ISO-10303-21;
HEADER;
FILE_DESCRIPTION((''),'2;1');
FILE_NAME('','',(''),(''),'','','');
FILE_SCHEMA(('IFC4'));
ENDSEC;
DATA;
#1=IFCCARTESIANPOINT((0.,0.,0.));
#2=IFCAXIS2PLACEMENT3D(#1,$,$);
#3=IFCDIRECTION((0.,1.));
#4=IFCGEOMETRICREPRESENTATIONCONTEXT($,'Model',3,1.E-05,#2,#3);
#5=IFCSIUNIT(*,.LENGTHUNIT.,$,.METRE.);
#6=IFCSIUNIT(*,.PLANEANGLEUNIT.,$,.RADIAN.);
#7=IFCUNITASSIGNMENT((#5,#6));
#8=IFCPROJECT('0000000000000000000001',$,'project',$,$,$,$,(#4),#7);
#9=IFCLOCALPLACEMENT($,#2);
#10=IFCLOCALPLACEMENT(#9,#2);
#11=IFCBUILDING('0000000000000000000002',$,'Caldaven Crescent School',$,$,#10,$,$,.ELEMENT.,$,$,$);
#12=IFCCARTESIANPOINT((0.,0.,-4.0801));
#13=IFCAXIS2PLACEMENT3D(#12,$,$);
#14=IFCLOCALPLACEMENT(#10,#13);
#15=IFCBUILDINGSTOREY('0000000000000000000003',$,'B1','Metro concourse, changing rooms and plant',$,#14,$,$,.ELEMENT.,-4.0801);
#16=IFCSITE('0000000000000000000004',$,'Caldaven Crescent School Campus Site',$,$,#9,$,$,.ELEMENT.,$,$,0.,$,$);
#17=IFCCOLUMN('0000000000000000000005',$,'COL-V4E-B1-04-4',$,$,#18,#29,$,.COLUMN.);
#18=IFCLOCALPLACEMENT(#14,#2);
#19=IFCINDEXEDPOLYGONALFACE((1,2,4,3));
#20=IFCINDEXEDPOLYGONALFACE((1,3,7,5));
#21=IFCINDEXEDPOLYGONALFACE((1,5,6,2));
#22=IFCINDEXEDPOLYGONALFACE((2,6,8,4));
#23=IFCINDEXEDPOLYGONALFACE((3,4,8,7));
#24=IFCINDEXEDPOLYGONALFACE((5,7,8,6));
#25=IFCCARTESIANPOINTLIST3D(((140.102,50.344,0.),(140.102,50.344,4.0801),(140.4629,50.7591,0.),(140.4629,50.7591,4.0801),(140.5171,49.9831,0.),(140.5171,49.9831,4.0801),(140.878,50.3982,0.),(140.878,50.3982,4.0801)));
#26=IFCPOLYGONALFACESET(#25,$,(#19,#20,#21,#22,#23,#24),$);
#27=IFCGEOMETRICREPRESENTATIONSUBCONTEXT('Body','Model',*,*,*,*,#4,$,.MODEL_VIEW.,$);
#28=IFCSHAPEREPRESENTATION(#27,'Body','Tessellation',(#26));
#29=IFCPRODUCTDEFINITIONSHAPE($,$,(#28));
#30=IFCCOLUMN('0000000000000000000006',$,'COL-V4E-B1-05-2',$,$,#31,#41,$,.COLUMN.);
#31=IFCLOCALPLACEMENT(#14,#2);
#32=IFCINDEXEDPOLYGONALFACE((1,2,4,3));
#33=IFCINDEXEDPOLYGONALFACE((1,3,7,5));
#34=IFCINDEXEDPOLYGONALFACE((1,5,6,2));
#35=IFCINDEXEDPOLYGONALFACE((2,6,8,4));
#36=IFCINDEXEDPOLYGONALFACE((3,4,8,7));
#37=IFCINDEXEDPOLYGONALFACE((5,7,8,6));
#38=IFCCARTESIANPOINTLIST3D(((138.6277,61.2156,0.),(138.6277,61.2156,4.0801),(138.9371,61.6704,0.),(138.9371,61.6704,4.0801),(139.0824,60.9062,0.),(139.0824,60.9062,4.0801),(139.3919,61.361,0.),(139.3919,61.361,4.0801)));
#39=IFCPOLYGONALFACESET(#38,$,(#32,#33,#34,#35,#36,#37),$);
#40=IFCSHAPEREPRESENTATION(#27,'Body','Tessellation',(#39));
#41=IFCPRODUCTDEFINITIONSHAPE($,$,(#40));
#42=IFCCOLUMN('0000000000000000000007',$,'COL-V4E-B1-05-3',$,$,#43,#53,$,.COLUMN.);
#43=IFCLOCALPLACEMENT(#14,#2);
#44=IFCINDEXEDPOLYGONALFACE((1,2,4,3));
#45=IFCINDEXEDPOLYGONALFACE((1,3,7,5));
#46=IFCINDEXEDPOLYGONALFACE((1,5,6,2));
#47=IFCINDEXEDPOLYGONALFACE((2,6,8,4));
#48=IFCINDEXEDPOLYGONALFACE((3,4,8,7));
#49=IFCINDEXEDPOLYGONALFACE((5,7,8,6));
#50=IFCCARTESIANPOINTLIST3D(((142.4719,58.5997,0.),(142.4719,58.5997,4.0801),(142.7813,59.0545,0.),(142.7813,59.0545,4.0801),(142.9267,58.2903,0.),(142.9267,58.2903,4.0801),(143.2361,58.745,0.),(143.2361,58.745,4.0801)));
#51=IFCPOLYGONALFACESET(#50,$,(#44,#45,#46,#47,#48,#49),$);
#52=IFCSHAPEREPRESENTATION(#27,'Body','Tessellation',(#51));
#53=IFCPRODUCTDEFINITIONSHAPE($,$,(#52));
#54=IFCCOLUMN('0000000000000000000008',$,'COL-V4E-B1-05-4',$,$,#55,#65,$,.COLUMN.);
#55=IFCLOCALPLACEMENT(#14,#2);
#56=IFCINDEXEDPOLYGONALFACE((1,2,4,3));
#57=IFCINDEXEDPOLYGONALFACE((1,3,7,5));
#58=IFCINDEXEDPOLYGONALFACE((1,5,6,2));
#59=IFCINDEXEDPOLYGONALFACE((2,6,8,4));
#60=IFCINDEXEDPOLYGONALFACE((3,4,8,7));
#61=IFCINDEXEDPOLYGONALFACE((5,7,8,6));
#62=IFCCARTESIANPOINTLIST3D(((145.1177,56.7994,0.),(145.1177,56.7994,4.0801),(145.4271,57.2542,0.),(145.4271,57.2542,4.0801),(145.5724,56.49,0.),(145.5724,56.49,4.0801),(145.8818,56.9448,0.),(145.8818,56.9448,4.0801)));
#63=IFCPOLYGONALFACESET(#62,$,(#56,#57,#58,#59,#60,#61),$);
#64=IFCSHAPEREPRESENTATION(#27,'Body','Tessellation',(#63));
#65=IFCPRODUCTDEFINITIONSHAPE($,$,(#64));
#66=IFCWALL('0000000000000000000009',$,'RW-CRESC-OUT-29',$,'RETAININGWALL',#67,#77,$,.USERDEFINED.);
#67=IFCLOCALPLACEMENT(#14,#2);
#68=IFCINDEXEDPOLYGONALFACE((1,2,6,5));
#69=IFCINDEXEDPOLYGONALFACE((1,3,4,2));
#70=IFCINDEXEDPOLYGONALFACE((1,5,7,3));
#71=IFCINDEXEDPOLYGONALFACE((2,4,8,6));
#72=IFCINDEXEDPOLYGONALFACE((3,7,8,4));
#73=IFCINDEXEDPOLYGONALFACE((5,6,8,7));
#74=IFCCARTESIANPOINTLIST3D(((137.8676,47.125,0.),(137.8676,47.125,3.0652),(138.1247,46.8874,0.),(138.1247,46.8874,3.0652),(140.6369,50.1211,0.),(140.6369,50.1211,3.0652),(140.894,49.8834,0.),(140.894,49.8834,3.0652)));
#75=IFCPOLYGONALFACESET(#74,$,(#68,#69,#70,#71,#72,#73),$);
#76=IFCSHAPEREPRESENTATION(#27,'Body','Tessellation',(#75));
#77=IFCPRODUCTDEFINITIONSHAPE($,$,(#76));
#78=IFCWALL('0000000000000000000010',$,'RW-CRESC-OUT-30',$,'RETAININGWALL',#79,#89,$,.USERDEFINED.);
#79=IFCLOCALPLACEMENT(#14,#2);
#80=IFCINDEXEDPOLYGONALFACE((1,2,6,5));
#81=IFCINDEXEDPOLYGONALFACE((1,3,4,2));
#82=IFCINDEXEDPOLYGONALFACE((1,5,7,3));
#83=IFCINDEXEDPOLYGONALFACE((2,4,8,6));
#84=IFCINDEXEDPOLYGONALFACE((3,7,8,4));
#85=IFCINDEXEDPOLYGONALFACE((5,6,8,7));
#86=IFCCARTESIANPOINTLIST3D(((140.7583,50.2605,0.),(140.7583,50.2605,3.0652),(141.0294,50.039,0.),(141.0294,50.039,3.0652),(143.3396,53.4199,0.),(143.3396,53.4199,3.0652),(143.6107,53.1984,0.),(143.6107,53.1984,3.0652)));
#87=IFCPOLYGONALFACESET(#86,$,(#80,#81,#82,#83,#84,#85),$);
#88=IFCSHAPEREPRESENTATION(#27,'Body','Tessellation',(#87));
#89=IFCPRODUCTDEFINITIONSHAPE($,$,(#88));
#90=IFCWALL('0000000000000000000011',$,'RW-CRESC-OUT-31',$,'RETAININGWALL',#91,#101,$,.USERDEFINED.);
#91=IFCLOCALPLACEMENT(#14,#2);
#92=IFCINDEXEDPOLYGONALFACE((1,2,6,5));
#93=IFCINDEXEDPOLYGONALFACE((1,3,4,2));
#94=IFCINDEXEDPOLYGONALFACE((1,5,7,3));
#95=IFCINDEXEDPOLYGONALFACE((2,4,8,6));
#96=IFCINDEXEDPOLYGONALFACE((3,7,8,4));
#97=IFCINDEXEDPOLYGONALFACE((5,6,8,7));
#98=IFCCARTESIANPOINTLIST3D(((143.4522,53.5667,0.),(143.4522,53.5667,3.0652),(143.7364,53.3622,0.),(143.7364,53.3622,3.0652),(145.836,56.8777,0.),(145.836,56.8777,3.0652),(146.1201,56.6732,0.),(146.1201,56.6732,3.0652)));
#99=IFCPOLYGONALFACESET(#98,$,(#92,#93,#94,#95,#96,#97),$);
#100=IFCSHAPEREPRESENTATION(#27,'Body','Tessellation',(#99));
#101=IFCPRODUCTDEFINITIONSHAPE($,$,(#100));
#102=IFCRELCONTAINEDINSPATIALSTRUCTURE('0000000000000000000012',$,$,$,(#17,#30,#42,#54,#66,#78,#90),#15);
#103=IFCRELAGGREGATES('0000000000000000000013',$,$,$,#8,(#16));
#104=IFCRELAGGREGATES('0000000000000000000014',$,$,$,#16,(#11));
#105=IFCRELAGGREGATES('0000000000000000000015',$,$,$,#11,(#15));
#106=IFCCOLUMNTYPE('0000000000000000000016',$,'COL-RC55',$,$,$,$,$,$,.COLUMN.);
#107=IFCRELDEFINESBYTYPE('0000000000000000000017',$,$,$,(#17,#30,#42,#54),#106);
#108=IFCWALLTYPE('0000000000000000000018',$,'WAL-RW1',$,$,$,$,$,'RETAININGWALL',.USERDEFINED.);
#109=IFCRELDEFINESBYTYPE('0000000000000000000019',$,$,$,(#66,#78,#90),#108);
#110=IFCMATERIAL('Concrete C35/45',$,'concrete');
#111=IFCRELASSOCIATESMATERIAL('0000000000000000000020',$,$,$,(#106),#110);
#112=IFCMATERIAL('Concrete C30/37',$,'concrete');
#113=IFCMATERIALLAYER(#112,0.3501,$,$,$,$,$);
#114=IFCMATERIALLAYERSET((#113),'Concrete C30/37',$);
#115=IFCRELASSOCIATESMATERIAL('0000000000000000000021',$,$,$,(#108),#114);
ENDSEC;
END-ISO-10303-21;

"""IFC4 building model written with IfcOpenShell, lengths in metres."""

from ifc_helpers import new_model, si_unit, direction, frame, frame_2d, origin, origin_2d, place, context, subcontext, project, spatial, rectangle, extrude, material, layer, layer_set, material_profile, profile_set, type_object, element, save


model = new_model("IFC4")

# Units and contexts
model_context = context("Model", 3, precision=1e-05, world=origin(), true_north=direction((0.0, 1.0)))
body_context = subcontext(model_context, "Body", "Model", "MODEL_VIEW")
ifc_project = project(units=[si_unit("LENGTHUNIT", "METRE"), si_unit("PLANEANGLEUNIT", "RADIAN")], contexts=[model_context])

# Site, building, storey
site_placement = place(None, origin())
site = spatial("IfcSite", under=ifc_project, at=site_placement, Name="Caldaven Crescent School Campus Site", CompositionType="ELEMENT", RefElevation=0.0)
building_placement = place(site_placement, origin())
building = spatial("IfcBuilding", under=site, at=building_placement, Name="Caldaven Crescent School", CompositionType="ELEMENT")
storey_placement = place(building_placement, frame((0.0, 0.0, -4.0801)))
storey = spatial("IfcBuildingStorey", under=building, at=storey_placement, Name="B1", Description="Metro concourse, changing rooms and plant", CompositionType="ELEMENT", Elevation=-4.0801)

# Shared definitions
ifc_material_1 = material(Name="Concrete C30/37", Category="concrete")
ifc_material_2 = material(Name="Concrete C35/45", Category="concrete")

# Columns
ifc_material_profile_1 = material_profile(ifc_material_2, rectangle(XDim=0.55, YDim=0.55, at=origin_2d()), Name="RC 550x550")
ifc_profile_set_1 = profile_set([ifc_material_profile_1], Name="Concrete C35/45")
column_type = type_object("IfcColumnType", Name="COL-RC55", PredefinedType="COLUMN", material=ifc_profile_set_1)
for number, where, z_axis, x_axis, name in (
    (1, (140.49, 50.3711, 0.0), (0.0, 0.0, 1.0), (0.75471, -0.656059, 0.0), "COL-V4E-B1-04-4"),
    (2, (139.0098, 61.2883, 0.0), (0.0, 0.0, 1.0), (0.826786, -0.562516, 0.0), "COL-V4E-B1-05-2"),
    (3, (142.854, 58.6724, 0.0), (0.0, 0.0, 1.0), (0.826786, -0.562516, 0.0), "COL-V4E-B1-05-3"),
    (4, (145.4998, 56.8721, 0.0), (0.0, 0.0, 1.0), (0.826786, -0.562516, 0.0), "COL-V4E-B1-05-4"),
):
    element("IfcColumn", number, at=place(storey_placement, frame(where, z_axis=z_axis, x_axis=x_axis)), inside=storey, type_object=column_type, Name=name, PredefinedType="COLUMN", context=body_context, shape_type="SweptSolid", body=[
        extrude(rectangle(XDim=0.55, YDim=0.55, at=origin_2d()), origin(), (0.0, 0.0, 1.0), 4.0801),
    ])

# Walls
ifc_layer = layer(ifc_material_1, 0.3501)
ifc_layer_set = layer_set([ifc_layer], Name="Concrete C30/37")
wall_type = type_object("IfcWallType", Name="WAL-RW1", ElementType="RETAININGWALL", PredefinedType="USERDEFINED", material=ifc_layer_set)
for number, where, z_axis, x_axis, name in (
    (5, (137.9961, 47.0061, 0.0), (0.0, 0.0, 1.0), (0.678765, 0.734356, 0.0), "RW-CRESC-OUT-29"),
    (6, (140.8938, 50.1497, 0.0), (0.0, 0.0, 1.0), (0.632697, 0.7744, 0.0), "RW-CRESC-OUT-30"),
    (7, (143.5942, 53.4644, 0.0), (0.0, 0.0, 1.0), (0.58428, 0.811553, 0.0), "RW-CRESC-OUT-31"),
):
    element("IfcWall", number, at=place(storey_placement, frame(where, z_axis=z_axis, x_axis=x_axis)), inside=storey, type_object=wall_type, Name=name, ObjectType="RETAININGWALL", PredefinedType="USERDEFINED", context=body_context, shape_type="SweptSolid", body=[
        extrude(rectangle(XDim=4.0798, YDim=0.3501, at=frame_2d((2.04, 0.0))), origin(), (0.0, 0.0, 1.0), 3.0652),
    ])

save(model, "model.ifc")
